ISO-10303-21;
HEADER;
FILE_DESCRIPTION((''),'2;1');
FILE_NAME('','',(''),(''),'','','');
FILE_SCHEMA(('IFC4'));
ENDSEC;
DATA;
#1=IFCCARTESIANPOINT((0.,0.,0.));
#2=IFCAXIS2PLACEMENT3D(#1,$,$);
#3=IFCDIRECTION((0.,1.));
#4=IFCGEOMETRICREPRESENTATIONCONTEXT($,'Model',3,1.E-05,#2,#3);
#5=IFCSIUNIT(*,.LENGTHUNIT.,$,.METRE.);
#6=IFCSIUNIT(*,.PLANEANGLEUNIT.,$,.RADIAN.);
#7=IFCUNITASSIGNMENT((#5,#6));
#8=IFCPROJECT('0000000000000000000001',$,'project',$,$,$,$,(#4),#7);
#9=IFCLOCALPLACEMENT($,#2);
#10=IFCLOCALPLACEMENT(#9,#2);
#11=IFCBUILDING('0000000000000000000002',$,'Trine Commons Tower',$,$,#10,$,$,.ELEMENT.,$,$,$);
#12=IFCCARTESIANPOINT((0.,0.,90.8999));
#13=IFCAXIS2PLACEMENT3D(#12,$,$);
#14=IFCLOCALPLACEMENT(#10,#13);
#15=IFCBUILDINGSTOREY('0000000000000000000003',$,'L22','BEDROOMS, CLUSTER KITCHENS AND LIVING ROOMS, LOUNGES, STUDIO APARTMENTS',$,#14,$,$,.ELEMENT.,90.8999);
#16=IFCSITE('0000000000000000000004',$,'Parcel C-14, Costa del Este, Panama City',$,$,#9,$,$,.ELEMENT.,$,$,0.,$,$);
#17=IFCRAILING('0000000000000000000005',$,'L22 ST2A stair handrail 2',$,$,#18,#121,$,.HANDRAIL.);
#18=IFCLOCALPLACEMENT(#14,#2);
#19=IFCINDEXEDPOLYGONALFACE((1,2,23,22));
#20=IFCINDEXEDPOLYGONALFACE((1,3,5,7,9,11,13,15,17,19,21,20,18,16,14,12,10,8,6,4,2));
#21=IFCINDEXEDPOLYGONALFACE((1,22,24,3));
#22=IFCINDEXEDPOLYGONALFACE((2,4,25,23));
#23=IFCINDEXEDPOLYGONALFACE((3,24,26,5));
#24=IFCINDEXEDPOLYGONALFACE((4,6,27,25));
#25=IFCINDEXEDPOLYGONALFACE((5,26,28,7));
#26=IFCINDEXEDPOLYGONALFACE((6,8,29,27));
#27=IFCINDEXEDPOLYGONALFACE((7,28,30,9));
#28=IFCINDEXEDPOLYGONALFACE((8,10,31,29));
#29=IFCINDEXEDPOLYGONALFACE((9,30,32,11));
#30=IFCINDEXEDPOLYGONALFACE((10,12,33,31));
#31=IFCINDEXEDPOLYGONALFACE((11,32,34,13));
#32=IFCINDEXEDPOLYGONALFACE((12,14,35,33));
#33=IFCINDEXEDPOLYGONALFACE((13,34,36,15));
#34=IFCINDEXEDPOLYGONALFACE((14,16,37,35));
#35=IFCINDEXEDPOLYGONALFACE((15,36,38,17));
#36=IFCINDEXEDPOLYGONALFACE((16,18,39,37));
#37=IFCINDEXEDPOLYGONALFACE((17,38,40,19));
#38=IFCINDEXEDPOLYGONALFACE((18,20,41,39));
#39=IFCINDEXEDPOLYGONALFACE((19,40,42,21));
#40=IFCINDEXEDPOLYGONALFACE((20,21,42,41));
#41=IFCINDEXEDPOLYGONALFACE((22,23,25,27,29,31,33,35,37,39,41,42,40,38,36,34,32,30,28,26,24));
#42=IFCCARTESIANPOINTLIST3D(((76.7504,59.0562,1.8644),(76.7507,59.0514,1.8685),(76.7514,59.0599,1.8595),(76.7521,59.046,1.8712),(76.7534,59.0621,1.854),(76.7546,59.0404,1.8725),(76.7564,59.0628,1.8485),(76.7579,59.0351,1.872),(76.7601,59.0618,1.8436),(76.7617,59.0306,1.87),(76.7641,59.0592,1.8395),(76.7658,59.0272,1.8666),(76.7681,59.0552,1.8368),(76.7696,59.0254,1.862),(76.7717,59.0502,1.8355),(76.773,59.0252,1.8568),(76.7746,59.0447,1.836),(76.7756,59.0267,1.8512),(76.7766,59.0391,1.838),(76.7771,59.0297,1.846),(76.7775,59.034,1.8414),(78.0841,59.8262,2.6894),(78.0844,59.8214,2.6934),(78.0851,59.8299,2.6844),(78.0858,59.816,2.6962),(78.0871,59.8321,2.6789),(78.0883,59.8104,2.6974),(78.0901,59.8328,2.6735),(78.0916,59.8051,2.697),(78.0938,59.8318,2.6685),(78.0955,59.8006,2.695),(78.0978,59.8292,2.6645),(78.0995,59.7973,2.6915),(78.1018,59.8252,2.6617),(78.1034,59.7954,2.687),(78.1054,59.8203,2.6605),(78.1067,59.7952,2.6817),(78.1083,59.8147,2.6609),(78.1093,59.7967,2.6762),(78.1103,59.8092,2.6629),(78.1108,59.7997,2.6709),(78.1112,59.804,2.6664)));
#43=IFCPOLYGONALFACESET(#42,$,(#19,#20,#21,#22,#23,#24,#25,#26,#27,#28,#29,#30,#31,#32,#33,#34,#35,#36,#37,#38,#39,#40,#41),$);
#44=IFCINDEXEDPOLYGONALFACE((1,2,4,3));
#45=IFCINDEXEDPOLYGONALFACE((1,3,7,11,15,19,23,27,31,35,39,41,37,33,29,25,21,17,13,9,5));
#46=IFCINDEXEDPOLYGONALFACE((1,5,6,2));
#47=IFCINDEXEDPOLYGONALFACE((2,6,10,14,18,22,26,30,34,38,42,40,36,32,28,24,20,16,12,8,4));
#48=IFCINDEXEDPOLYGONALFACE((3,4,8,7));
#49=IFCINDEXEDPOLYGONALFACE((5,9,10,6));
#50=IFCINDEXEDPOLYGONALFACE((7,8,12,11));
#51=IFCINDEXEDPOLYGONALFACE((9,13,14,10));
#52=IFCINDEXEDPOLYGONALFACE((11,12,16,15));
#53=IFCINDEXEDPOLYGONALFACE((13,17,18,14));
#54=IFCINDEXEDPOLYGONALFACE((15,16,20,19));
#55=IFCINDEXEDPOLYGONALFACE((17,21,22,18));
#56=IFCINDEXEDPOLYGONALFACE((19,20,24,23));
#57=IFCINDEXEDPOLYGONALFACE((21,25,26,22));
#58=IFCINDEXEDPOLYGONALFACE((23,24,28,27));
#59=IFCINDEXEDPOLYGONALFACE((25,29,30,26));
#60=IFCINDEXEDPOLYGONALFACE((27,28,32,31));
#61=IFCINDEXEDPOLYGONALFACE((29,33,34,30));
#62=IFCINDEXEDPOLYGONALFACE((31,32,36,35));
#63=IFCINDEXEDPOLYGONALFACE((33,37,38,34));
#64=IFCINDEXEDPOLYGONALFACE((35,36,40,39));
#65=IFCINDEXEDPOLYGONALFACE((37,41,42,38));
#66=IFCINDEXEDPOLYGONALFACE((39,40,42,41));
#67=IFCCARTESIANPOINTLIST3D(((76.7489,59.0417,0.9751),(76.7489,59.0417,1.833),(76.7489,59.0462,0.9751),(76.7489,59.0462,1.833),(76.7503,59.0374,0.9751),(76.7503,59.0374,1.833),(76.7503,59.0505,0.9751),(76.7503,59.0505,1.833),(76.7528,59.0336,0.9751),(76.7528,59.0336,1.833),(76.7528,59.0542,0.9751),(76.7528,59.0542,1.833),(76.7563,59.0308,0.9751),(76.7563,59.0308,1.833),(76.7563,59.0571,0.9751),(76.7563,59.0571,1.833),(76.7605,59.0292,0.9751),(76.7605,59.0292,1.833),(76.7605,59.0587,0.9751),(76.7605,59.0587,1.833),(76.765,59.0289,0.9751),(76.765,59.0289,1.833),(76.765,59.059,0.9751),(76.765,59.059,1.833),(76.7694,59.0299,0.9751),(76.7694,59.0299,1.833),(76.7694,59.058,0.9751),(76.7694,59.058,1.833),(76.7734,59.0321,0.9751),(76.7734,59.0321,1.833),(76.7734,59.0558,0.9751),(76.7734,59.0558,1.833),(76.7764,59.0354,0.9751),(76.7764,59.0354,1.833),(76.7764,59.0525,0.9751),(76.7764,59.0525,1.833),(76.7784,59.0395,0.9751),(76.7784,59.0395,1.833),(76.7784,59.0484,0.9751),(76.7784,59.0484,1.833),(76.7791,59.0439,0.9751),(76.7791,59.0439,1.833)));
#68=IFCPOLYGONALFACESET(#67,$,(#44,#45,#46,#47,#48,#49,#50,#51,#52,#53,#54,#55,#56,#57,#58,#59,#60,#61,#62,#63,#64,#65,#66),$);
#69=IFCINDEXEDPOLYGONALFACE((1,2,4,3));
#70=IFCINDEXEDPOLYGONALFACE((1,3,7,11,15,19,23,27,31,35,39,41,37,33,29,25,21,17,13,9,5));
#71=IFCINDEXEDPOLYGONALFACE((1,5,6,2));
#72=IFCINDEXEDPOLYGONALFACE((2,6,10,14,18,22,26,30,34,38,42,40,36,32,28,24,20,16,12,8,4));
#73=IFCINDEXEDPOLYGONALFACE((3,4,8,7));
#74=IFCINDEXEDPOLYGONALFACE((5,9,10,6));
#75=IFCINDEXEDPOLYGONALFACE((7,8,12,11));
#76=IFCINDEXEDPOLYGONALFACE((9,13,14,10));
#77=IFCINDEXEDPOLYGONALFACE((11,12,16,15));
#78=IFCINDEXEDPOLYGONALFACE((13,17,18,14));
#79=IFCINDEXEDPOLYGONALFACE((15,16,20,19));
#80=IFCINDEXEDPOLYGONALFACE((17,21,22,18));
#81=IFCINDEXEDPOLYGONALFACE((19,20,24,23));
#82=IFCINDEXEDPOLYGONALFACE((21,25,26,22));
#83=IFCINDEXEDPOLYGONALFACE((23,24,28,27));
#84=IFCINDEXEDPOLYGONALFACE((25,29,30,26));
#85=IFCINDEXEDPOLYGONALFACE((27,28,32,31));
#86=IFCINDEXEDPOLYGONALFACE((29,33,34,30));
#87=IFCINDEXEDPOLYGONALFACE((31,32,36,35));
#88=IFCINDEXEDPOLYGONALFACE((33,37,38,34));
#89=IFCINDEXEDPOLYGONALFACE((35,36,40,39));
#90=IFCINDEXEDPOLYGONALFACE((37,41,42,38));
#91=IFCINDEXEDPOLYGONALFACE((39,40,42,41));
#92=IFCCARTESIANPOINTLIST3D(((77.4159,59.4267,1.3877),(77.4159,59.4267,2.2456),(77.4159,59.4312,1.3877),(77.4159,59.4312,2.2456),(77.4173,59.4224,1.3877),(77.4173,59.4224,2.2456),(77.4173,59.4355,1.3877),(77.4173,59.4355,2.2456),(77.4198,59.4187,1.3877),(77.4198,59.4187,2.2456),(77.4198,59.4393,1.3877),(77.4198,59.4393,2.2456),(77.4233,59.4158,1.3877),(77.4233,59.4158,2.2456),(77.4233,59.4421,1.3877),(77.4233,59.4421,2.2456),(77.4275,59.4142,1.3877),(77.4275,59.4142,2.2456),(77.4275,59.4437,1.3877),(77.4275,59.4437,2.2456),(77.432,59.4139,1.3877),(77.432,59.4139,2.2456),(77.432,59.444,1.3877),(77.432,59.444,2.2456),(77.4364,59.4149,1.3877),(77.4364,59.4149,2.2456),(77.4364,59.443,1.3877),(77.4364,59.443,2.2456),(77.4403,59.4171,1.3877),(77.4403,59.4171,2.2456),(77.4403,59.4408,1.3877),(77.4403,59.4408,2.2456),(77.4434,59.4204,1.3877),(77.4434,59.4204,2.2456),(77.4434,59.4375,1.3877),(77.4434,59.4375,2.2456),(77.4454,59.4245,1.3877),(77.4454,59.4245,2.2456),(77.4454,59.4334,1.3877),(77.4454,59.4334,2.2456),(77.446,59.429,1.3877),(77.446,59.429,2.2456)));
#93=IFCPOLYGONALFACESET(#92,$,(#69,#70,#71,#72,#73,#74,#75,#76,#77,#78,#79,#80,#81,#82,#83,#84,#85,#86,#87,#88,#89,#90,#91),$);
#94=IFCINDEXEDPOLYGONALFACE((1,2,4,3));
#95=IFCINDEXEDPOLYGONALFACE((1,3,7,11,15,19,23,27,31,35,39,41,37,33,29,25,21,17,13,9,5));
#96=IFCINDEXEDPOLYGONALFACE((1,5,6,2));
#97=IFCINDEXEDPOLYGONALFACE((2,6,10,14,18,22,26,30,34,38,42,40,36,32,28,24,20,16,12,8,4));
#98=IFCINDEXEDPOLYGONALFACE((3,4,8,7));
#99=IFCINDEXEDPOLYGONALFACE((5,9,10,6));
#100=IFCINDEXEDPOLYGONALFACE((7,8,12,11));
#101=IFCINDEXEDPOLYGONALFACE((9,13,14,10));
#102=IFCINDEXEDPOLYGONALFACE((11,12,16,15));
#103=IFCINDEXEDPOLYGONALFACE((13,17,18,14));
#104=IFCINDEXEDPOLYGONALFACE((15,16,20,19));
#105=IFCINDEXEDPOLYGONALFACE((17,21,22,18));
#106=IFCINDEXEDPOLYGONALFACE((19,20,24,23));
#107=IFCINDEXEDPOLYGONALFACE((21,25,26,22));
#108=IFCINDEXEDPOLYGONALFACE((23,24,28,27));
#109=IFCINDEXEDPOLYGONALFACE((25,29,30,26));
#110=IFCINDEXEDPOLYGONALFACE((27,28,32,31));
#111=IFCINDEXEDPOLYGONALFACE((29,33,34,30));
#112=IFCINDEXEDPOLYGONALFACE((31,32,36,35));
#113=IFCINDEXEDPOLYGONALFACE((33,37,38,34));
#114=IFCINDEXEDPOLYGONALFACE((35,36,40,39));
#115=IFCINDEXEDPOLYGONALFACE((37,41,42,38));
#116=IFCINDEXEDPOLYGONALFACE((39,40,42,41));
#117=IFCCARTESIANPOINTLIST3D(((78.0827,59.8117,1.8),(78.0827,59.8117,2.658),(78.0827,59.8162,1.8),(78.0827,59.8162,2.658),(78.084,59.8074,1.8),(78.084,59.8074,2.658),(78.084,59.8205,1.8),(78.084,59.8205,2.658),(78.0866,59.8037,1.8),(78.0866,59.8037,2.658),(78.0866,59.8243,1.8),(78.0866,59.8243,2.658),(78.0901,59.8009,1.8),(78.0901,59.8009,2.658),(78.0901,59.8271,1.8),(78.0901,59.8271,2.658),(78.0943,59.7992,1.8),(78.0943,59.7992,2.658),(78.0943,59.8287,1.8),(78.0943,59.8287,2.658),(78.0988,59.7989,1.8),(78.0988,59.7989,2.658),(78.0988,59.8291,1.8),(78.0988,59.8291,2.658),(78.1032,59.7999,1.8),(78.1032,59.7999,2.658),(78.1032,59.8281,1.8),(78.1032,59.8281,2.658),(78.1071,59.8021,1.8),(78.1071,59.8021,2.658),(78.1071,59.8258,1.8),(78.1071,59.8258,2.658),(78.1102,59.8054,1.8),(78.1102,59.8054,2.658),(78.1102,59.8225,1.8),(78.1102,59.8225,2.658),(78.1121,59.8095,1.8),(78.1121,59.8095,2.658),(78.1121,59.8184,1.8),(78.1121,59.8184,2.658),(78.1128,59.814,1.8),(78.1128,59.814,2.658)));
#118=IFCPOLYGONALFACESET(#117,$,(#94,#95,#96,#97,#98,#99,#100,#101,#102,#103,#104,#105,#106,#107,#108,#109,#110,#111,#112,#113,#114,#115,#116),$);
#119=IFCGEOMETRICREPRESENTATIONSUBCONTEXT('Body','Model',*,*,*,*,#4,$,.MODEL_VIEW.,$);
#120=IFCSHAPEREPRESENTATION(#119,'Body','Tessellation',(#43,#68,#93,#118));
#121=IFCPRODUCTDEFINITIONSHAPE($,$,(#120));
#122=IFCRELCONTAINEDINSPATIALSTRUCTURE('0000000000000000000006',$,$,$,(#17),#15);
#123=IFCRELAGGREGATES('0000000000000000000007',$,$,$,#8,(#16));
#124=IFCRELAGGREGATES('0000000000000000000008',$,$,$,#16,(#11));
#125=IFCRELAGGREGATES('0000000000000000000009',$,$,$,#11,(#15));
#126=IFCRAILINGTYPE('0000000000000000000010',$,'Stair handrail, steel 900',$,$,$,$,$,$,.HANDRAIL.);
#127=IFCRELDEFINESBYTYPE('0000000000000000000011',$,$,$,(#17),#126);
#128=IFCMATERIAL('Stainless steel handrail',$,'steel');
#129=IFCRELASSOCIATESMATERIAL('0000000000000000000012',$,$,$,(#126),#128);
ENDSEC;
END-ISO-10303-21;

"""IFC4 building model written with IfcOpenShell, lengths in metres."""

from ifc_helpers import new_model, si_unit, direction, frame, origin, origin_2d, place, context, subcontext, project, spatial, circle, extrude, material, type_object, element, save


model = new_model("IFC4")

# Units and contexts
model_context = context("Model", 3, precision=1e-05, world=origin(), true_north=direction((0.0, 1.0)))
body_context = subcontext(model_context, "Body", "Model", "MODEL_VIEW")
ifc_project = project(units=[si_unit("LENGTHUNIT", "METRE"), si_unit("PLANEANGLEUNIT", "RADIAN")], contexts=[model_context])

# Site, building, storey
site_placement = place(None, origin())
site = spatial("IfcSite", under=ifc_project, at=site_placement, Name="Parcel C-14, Costa del Este, Panama City", CompositionType="ELEMENT", RefElevation=0.0)
building_placement = place(site_placement, origin())
building = spatial("IfcBuilding", under=site, at=building_placement, Name="Trine Commons Tower", CompositionType="ELEMENT")
storey_placement = place(building_placement, frame((0.0, 0.0, 90.8999)))
storey = spatial("IfcBuildingStorey", under=building, at=storey_placement, Name="L22", Description="BEDROOMS, CLUSTER KITCHENS AND LIVING ROOMS, LOUNGES, STUDIO APARTMENTS", CompositionType="ELEMENT", Elevation=90.8999)

# Railing
ifc_material_1 = material(Name="Stainless steel handrail", Category="steel")
railing_type_1 = type_object("IfcRailingType", Name="Stair handrail, steel 900", PredefinedType="HANDRAIL", material=ifc_material_1)
for number, where, name in (
    (1, (76.7639, 59.0439, 0.9751), "L22 ST2A stair handrail 2"),
):
    element("IfcRailing", number, at=place(storey_placement, frame(where)), inside=storey, type_object=railing_type_1, Name=name, PredefinedType="HANDRAIL", context=body_context, shape_type="SweptSolid", body=[
        extrude(circle(Radius=0.021, at=origin_2d()), frame((0.0, 0.0, 0.8789), z_axis=(0.763405, 0.440743, 0.472185), x_axis=(-0.499992, 0.86603, 0.0)), (0.0, 0.0, 1.0), 1.7471),
        extrude(circle(Radius=0.0151, at=origin_2d()), origin(), (0.0, 0.0, 1.0), 0.8579),
        extrude(circle(Radius=0.0151, at=origin_2d()), frame((0.667, 0.385, 0.4126)), (0.0, 0.0, 1.0), 0.8579),
        extrude(circle(Radius=0.0151, at=origin_2d()), frame((1.3337, 0.77, 0.825)), (0.0, 0.0, 1.0), 0.8579),
    ])

save(model, "model.ifc")
